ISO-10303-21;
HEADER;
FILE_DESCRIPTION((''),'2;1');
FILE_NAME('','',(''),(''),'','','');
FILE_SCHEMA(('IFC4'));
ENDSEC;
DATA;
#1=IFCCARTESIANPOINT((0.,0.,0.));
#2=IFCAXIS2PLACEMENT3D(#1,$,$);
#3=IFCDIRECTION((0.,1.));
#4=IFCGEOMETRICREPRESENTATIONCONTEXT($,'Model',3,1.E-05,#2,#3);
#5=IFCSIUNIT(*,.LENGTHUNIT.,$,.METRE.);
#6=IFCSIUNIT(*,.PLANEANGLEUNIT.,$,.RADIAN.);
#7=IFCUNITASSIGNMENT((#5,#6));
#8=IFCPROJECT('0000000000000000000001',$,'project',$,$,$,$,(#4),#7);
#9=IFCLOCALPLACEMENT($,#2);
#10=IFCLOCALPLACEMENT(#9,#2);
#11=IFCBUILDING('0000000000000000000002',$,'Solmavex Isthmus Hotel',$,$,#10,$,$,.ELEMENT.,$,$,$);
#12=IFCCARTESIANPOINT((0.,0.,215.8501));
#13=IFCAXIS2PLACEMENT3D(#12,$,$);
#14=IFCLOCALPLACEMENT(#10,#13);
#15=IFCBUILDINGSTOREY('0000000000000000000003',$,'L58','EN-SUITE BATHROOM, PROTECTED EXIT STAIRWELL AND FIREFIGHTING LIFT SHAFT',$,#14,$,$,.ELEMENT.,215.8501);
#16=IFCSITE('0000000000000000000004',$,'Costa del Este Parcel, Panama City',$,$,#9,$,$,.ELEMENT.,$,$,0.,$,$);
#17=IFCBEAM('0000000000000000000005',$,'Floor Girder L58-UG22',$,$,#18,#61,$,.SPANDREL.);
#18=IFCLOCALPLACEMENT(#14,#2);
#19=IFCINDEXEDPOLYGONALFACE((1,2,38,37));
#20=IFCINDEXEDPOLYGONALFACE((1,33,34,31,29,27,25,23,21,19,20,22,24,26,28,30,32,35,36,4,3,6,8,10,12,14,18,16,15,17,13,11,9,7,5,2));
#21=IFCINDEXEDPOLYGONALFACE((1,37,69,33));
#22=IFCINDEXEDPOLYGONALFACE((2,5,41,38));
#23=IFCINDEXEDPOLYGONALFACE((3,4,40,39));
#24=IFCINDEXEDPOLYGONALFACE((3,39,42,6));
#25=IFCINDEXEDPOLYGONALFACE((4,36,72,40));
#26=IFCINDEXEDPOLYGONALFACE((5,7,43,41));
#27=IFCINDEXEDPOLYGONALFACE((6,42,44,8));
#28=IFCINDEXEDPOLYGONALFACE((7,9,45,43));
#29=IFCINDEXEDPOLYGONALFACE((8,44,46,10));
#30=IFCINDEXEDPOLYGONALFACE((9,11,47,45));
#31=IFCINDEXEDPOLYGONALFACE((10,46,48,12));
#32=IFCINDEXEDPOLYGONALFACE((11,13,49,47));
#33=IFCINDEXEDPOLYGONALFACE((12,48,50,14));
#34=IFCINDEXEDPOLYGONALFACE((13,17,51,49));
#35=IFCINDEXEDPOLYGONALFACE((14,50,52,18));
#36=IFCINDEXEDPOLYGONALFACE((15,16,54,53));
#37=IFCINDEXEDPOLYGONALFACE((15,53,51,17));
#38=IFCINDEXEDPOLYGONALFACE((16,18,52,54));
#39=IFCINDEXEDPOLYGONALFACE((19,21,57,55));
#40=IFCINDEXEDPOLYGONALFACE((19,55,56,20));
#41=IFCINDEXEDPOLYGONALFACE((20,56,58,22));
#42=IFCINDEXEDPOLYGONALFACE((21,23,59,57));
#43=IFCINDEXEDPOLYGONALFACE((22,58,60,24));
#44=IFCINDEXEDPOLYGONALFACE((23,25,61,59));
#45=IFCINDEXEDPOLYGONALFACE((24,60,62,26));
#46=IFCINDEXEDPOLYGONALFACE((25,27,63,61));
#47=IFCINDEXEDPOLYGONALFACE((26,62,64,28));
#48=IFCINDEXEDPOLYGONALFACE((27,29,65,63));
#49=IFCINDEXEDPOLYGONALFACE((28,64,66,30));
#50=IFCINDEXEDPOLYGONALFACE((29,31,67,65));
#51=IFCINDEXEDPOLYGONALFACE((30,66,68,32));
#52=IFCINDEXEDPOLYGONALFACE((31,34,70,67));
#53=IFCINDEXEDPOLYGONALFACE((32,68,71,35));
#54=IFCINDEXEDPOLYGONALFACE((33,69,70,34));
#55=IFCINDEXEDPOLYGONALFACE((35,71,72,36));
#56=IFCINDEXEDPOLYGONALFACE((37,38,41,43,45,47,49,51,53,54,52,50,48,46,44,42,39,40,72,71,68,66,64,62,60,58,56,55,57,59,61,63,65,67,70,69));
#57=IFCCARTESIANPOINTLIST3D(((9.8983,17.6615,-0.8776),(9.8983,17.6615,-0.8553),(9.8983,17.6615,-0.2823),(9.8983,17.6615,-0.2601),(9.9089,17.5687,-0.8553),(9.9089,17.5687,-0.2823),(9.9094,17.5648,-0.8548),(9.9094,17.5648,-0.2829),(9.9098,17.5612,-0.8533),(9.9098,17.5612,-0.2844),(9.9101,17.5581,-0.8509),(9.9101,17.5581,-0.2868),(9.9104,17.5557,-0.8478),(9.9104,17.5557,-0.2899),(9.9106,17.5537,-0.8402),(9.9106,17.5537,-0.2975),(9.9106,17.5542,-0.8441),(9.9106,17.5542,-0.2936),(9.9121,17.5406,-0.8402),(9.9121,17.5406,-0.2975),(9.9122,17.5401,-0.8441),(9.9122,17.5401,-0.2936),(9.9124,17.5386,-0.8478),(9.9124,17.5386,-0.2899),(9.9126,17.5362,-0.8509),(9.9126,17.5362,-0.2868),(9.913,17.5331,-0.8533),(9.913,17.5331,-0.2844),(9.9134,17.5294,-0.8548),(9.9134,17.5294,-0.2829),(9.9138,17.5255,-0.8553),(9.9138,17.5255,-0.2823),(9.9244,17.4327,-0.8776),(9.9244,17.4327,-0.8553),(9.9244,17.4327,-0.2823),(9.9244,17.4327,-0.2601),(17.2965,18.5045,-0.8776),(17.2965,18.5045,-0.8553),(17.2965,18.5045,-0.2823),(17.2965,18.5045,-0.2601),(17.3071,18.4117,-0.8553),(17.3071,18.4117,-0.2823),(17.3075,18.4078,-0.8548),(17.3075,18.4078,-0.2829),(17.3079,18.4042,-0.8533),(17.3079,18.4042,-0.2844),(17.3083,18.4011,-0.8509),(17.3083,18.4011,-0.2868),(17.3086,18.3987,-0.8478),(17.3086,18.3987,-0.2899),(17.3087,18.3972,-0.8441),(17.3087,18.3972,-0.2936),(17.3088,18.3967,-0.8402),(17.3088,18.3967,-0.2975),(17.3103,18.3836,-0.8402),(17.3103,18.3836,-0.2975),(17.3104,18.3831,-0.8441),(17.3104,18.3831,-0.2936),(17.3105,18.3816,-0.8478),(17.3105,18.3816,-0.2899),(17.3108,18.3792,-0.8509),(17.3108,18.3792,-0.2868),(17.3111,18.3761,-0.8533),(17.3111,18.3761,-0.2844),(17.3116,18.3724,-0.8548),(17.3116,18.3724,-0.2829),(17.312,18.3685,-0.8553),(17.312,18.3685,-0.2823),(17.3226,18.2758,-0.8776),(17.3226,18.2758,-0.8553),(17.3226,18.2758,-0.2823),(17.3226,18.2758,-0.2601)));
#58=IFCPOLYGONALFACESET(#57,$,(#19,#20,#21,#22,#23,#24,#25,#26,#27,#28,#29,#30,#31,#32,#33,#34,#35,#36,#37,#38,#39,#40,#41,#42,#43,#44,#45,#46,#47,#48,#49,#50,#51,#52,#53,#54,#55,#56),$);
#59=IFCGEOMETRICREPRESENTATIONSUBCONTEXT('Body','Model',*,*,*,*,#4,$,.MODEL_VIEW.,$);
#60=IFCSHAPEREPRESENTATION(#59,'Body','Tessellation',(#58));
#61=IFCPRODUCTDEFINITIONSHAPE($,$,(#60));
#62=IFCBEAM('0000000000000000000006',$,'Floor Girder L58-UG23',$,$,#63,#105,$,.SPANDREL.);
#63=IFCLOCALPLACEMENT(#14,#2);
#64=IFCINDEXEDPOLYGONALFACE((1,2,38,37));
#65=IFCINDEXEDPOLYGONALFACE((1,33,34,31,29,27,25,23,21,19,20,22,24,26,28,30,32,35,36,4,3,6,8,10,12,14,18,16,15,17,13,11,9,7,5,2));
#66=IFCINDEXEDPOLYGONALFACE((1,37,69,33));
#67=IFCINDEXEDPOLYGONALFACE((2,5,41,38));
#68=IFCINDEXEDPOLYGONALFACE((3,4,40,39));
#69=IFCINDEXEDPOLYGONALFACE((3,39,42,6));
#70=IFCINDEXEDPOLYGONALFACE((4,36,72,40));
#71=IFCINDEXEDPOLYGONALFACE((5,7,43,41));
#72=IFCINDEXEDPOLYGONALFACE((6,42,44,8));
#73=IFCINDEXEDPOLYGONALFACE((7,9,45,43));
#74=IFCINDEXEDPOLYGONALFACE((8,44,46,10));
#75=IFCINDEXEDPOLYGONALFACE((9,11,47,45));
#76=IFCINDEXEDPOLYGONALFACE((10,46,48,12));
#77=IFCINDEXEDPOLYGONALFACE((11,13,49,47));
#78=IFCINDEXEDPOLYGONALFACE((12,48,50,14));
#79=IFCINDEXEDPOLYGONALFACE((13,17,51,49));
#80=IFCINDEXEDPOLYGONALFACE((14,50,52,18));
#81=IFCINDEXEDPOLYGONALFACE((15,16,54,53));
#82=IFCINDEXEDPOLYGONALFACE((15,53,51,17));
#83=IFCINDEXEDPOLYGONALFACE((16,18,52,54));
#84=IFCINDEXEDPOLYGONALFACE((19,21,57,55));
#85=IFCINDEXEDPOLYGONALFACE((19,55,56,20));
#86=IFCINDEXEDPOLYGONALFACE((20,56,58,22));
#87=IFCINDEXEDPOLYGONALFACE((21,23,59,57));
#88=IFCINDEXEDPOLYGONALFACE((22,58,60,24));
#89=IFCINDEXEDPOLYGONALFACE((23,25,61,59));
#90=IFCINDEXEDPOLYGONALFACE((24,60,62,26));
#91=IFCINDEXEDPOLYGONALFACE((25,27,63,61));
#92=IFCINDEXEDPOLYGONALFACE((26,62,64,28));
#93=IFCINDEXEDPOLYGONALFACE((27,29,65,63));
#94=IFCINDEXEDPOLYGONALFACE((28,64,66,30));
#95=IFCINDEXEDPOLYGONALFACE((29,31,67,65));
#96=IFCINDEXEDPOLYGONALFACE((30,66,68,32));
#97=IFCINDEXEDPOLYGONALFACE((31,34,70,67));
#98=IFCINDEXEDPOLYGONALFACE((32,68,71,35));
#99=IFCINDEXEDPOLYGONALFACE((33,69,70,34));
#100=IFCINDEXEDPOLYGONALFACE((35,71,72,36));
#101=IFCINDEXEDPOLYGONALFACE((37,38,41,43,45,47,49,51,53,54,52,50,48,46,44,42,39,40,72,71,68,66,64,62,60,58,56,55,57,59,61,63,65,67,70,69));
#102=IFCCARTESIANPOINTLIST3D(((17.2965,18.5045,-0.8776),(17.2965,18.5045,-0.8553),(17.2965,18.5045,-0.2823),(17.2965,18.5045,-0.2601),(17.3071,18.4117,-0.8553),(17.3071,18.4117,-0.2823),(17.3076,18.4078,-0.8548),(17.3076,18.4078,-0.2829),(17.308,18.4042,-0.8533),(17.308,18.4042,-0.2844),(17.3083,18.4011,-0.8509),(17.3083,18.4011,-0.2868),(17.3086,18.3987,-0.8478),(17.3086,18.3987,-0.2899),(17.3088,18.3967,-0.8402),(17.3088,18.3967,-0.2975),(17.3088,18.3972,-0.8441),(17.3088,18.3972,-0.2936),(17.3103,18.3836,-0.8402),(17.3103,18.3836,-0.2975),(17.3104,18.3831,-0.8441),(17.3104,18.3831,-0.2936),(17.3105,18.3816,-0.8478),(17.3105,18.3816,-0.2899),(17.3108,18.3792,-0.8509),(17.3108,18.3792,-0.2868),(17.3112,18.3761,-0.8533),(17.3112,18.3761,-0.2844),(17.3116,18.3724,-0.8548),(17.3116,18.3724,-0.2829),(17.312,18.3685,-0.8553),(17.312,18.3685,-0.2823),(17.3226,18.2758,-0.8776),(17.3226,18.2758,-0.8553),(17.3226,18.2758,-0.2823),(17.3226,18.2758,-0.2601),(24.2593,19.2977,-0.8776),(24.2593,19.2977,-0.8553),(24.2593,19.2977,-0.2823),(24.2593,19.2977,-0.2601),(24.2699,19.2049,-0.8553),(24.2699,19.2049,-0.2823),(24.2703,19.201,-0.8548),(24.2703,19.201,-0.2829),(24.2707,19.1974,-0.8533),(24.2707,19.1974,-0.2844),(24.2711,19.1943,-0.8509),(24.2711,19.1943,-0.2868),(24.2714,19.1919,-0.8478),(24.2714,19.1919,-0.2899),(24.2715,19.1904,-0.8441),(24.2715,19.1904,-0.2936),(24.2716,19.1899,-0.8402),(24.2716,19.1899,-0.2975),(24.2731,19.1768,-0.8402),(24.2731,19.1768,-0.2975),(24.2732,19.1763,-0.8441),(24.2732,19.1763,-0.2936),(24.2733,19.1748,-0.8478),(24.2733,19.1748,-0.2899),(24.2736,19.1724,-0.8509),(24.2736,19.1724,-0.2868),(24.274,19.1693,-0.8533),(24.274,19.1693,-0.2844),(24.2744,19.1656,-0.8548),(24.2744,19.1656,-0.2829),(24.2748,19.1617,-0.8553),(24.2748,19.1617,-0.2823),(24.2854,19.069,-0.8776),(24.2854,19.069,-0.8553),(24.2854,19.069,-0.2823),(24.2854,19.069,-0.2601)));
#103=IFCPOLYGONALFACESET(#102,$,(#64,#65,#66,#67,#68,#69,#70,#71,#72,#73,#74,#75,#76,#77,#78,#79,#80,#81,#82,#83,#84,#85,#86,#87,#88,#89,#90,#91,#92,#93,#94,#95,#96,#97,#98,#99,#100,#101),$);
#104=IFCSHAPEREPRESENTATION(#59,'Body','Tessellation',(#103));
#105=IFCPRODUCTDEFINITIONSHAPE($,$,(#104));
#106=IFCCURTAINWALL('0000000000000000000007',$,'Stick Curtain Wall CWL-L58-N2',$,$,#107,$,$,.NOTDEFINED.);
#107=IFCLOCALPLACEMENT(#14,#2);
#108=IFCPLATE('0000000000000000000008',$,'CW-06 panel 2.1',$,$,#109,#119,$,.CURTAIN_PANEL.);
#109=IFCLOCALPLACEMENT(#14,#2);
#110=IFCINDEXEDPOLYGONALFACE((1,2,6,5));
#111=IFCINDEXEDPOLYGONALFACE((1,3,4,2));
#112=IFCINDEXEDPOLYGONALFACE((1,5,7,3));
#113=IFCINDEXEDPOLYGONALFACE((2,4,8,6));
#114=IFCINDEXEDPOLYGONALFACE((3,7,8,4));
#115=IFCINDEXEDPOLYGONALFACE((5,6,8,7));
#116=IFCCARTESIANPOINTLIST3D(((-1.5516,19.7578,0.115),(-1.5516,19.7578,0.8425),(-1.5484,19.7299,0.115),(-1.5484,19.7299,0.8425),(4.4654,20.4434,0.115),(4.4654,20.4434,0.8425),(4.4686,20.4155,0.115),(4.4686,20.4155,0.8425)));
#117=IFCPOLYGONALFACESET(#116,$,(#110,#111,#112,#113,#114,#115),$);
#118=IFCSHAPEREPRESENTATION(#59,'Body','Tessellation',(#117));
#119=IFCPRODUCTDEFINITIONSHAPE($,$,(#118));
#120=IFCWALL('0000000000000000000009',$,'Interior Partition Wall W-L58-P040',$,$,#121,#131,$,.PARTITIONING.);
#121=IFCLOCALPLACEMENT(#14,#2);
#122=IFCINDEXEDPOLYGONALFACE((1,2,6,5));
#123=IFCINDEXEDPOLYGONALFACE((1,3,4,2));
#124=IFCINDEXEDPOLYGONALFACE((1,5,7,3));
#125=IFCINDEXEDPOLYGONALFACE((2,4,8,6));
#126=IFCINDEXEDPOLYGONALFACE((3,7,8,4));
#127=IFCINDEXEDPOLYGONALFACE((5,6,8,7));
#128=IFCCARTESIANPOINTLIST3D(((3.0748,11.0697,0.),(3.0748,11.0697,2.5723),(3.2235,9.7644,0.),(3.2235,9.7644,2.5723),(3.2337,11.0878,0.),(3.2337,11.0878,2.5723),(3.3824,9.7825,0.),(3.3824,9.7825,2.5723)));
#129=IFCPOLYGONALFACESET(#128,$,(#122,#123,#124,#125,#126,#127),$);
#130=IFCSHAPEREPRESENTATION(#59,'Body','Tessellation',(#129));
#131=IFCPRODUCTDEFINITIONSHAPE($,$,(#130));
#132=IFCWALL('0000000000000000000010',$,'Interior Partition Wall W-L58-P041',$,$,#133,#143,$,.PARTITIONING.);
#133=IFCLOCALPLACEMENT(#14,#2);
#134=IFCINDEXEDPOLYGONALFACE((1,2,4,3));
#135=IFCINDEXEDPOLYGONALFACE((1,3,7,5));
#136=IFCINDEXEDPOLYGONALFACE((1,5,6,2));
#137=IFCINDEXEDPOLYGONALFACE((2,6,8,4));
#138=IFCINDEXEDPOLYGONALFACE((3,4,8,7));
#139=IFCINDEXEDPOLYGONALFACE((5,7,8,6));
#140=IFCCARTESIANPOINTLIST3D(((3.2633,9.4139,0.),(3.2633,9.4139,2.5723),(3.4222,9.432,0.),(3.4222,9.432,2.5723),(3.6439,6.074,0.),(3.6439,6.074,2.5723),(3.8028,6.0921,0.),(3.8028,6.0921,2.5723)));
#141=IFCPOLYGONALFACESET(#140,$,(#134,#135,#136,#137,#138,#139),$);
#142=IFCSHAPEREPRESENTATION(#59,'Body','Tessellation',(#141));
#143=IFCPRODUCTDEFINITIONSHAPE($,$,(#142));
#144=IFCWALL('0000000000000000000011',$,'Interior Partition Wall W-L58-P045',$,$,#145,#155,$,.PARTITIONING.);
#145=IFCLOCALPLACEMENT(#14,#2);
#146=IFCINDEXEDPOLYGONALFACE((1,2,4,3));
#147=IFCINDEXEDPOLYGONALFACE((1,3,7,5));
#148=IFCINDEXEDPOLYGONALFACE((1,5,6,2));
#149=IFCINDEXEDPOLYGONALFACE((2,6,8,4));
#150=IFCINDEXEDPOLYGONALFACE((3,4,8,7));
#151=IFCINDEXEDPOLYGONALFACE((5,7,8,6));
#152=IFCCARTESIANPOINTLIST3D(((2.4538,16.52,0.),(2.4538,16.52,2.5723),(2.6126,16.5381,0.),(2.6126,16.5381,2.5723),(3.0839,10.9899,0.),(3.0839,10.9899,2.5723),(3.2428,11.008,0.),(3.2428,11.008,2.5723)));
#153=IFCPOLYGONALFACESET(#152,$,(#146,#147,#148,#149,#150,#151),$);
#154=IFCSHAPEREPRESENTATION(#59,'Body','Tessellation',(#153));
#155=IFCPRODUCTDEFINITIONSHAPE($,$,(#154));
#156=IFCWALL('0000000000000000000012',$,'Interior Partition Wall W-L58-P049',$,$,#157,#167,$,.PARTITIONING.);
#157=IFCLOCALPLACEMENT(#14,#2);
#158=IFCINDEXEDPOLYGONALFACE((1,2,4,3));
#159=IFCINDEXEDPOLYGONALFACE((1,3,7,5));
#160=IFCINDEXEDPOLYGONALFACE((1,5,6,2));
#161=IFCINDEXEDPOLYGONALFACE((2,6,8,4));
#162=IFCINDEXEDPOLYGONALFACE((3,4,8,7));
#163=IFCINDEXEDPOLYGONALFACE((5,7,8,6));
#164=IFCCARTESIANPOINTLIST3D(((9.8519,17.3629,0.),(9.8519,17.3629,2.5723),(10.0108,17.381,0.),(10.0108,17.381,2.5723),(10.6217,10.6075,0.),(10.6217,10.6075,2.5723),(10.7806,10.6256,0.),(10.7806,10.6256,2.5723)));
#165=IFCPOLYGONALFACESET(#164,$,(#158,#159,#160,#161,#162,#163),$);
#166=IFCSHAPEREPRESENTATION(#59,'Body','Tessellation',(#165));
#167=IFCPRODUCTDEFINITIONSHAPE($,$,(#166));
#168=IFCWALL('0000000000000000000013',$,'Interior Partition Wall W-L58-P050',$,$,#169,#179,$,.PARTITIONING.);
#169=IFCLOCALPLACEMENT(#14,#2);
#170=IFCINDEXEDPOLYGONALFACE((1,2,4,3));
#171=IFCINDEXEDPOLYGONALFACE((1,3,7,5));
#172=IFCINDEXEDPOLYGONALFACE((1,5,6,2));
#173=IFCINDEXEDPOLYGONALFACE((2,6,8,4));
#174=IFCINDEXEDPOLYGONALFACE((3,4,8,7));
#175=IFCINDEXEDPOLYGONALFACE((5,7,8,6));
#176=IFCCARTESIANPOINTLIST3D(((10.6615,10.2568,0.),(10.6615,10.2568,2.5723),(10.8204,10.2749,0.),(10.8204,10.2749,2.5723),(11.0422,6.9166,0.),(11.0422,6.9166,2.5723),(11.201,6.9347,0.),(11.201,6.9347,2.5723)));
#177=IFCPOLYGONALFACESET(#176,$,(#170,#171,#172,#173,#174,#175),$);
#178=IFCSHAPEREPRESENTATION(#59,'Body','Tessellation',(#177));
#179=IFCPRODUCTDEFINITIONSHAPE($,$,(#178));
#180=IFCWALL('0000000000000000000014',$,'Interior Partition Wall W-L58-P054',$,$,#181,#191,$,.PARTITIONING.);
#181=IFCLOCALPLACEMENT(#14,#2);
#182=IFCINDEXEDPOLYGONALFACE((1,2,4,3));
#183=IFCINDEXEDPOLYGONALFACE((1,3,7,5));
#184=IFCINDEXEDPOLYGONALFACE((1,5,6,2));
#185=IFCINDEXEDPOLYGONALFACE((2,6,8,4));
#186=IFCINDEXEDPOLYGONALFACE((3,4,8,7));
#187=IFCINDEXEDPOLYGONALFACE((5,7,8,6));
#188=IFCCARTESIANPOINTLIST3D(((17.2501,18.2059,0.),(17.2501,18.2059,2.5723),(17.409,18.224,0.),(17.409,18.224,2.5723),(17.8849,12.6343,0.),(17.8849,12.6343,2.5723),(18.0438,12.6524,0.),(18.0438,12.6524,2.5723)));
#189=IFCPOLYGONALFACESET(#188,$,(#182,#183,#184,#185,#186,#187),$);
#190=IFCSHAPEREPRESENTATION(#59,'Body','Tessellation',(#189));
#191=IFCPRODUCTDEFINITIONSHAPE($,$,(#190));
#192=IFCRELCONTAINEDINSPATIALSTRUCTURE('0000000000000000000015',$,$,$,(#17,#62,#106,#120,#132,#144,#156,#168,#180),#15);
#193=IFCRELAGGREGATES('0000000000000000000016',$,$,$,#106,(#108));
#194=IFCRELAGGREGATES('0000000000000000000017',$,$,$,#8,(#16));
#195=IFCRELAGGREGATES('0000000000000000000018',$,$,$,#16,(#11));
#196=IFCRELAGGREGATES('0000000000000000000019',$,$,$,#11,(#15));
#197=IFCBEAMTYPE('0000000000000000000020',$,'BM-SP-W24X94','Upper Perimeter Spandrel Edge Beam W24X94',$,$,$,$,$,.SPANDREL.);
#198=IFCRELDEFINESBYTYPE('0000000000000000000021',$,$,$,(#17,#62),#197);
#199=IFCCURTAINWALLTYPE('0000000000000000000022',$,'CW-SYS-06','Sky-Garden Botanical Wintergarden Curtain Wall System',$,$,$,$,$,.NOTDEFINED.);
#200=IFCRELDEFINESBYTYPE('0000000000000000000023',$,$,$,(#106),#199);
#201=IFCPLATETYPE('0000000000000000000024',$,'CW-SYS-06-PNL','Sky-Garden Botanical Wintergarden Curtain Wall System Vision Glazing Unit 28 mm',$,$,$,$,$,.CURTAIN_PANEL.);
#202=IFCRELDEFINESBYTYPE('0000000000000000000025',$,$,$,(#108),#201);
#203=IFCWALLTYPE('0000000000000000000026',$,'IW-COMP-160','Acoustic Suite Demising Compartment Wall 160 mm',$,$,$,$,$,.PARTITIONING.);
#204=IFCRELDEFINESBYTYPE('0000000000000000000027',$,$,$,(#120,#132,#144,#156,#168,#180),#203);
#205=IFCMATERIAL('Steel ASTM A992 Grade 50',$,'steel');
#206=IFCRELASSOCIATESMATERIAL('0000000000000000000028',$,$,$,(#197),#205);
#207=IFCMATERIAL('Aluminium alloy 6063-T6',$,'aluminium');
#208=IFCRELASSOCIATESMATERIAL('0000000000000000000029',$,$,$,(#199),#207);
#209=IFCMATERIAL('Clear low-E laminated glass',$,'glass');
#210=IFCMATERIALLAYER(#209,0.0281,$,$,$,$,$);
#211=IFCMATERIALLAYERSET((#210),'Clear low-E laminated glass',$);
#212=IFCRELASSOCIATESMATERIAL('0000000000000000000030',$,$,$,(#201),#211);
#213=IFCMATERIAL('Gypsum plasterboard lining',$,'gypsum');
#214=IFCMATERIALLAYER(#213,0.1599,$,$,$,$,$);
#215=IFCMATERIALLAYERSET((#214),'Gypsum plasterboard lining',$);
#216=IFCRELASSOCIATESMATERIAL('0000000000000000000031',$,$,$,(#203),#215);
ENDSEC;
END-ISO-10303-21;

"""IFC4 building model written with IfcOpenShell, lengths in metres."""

from ifc_helpers import new_model, si_unit, direction, frame, frame_2d, origin, origin_2d, place, context, subcontext, project, spatial, rectangle, i_section, extrude, material, layer, layer_set, material_profile, profile_set, type_object, element, aggregate, save


model = new_model("IFC4")

# Units and contexts
model_context = context("Model", 3, precision=1e-05, world=origin(), true_north=direction((0.0, 1.0)))
body_context = subcontext(model_context, "Body", "Model", "MODEL_VIEW")
ifc_project = project(units=[si_unit("LENGTHUNIT", "METRE"), si_unit("PLANEANGLEUNIT", "RADIAN")], contexts=[model_context])

# Site, building, storey
site_placement = place(None, origin())
site = spatial("IfcSite", under=ifc_project, at=site_placement, Name="Costa del Este Parcel, Panama City", CompositionType="ELEMENT", RefElevation=0.0)
building_placement = place(site_placement, origin())
building = spatial("IfcBuilding", under=site, at=building_placement, Name="Solmavex Isthmus Hotel", CompositionType="ELEMENT")
storey_placement = place(building_placement, frame((0.0, 0.0, 215.8501)))
storey = spatial("IfcBuildingStorey", under=building, at=storey_placement, Name="L58", Description="EN-SUITE BATHROOM, PROTECTED EXIT STAIRWELL AND FIREFIGHTING LIFT SHAFT", CompositionType="ELEMENT", Elevation=215.8501)

# Beams
ifc_material_1 = material(Name="Steel ASTM A992 Grade 50", Category="steel")
ifc_material_profile_1 = material_profile(ifc_material_1, i_section(OverallWidth=0.2302, OverallDepth=0.6174, WebThickness=0.0132, FlangeThickness=0.0222, FilletRadius=0.0151, at=origin_2d()), Name="W24X94")
ifc_profile_set_1 = profile_set([ifc_material_profile_1], Name="Steel ASTM A992 Grade 50")
beam_type_1 = type_object("IfcBeamType", Name="BM-SP-W24X94", Description="Upper Perimeter Spandrel Edge Beam W24X94", PredefinedType="SPANDREL", material=ifc_profile_set_1)
for number, where, z_axis, x_axis, name in (
    (1, (9.9114, 17.5471, -0.5688), (0.99357, 0.113216, 0.0), (-0.113216, 0.99357, 0.0), "Floor Girder L58-UG22"),
):
    element("IfcBeam", number, at=place(storey_placement, frame(where, z_axis=z_axis, x_axis=x_axis)), inside=storey, type_object=beam_type_1, Name=name, PredefinedType="SPANDREL", context=body_context, shape_type="SweptSolid", body=[
        extrude(i_section(OverallWidth=0.2302, OverallDepth=0.6174, WebThickness=0.0132, FlangeThickness=0.0222, FilletRadius=0.0151, at=origin_2d()), origin(), (0.0, 0.0, 1.0), 7.446),
    ])
beam_1_placement = place(storey_placement, frame((17.3096, 18.3901, -0.5688), z_axis=(0.993574, 0.113188, 0.0), x_axis=(-0.113188, 0.993574, 0.0)))
element("IfcBeam", 2, at=beam_1_placement, inside=storey, type_object=beam_type_1, Name="Floor Girder L58-UG23", PredefinedType="SPANDREL", context=body_context, shape_type="SweptSolid", body=[
    extrude(i_section(OverallWidth=0.2302, OverallDepth=0.6174, WebThickness=0.0132, FlangeThickness=0.0222, FilletRadius=0.0151, at=origin_2d()), origin(), (0.0, 0.0, 1.0), 7.0078),
])

# Curtain wall, plate
ifc_material_2 = material(Name="Aluminium alloy 6063-T6", Category="aluminium")
curtain_wall_type = type_object("IfcCurtainWallType", Name="CW-SYS-06", Description="Sky-Garden Botanical Wintergarden Curtain Wall System", PredefinedType="NOTDEFINED", material=ifc_material_2)
curtain_wall_placement = place(storey_placement, origin())
curtain_wall = element("IfcCurtainWall", 3, at=curtain_wall_placement, inside=storey, type_object=curtain_wall_type, Name="Stick Curtain Wall CWL-L58-N2", PredefinedType="NOTDEFINED")
ifc_material_3 = material(Name="Clear low-E laminated glass", Category="glass")
ifc_layer_1 = layer(ifc_material_3, 0.0281)
ifc_layer_set_1 = layer_set([ifc_layer_1], Name="Clear low-E laminated glass")
plate_type = type_object("IfcPlateType", Name="CW-SYS-06-PNL", Description="Sky-Garden Botanical Wintergarden Curtain Wall System Vision Glazing Unit 28 mm", PredefinedType="CURTAIN_PANEL", material=ifc_layer_set_1)
plate_placement = place(storey_placement, frame((1.4585, 20.0867, 0.115), z_axis=(0.0, 0.0, 1.0), x_axis=(0.993572, 0.113203, 0.0)))
plate = element("IfcPlate", 4, at=plate_placement, type_object=plate_type, Name="CW-06 panel 2.1", PredefinedType="CURTAIN_PANEL", context=body_context, shape_type="SweptSolid", body=[
    extrude(rectangle(XDim=6.0559, YDim=0.0281, at=origin_2d()), origin(), (0.0, 0.0, 1.0), 0.7275),
])
aggregate(curtain_wall, [plate])

# Walls
ifc_material_4 = material(Name="Gypsum plasterboard lining", Category="gypsum")
ifc_layer_2 = layer(ifc_material_4, 0.1599)
ifc_layer_set_2 = layer_set([ifc_layer_2], Name="Gypsum plasterboard lining")
wall_type_1 = type_object("IfcWallType", Name="IW-COMP-160", Description="Acoustic Suite Demising Compartment Wall 160 mm", PredefinedType="PARTITIONING", material=ifc_layer_set_2)
wall_1_placement = place(storey_placement, frame((3.1543, 11.0786, 0.0), z_axis=(0.0, 0.0, 1.0), x_axis=(0.113185, -0.993574, 0.0)))
element("IfcWall", 5, at=wall_1_placement, inside=storey, type_object=wall_type_1, Name="Interior Partition Wall W-L58-P040", PredefinedType="PARTITIONING", context=body_context, shape_type="SweptSolid", body=[
    extrude(rectangle(XDim=1.3137, YDim=0.1599, at=frame_2d((0.6567, 0.0))), origin(), (0.0, 0.0, 1.0), 2.5723),
])
wall_2_placement = place(storey_placement, frame((3.3428, 9.4229, 0.0), z_axis=(0.0, 0.0, 1.0), x_axis=(0.113229, -0.993569, 0.0)))
element("IfcWall", 6, at=wall_2_placement, inside=storey, type_object=wall_type_1, Name="Interior Partition Wall W-L58-P041", PredefinedType="PARTITIONING", context=body_context, shape_type="SweptSolid", body=[
    extrude(rectangle(XDim=3.3616, YDim=0.1599, at=frame_2d((1.6807, 0.0))), origin(), (0.0, 0.0, 1.0), 2.5723),
])
wall_3_placement = place(storey_placement, frame((2.5332, 16.5291, 0.0), z_axis=(0.0, 0.0, 1.0), x_axis=(0.113214, -0.993571, 0.0)))
element("IfcWall", 7, at=wall_3_placement, inside=storey, type_object=wall_type_1, Name="Interior Partition Wall W-L58-P045", PredefinedType="PARTITIONING", context=body_context, shape_type="SweptSolid", body=[
    extrude(rectangle(XDim=5.5659, YDim=0.1599, at=frame_2d((2.783, 0.0))), origin(), (0.0, 0.0, 1.0), 2.5723),
])
wall_4_placement = place(storey_placement, frame((9.9314, 17.3718, 0.0), z_axis=(0.0, 0.0, 1.0), x_axis=(0.113217, -0.99357, 0.0)))
element("IfcWall", 8, at=wall_4_placement, inside=storey, type_object=wall_type_1, Name="Interior Partition Wall W-L58-P049", PredefinedType="PARTITIONING", context=body_context, shape_type="SweptSolid", body=[
    extrude(rectangle(XDim=6.7991, YDim=0.1599, at=frame_2d((3.3994, 0.0))), origin(), (0.0, 0.0, 1.0), 2.5723),
])
wall_5_placement = place(storey_placement, frame((10.741, 10.2659, 0.0), z_axis=(0.0, 0.0, 1.0), x_axis=(0.113221, -0.99357, 0.0)))
element("IfcWall", 9, at=wall_5_placement, inside=storey, type_object=wall_type_1, Name="Interior Partition Wall W-L58-P050", PredefinedType="PARTITIONING", context=body_context, shape_type="SweptSolid", body=[
    extrude(rectangle(XDim=3.3618, YDim=0.1599, at=frame_2d((1.6809, 0.0))), origin(), (0.0, 0.0, 1.0), 2.5723),
])
wall_6_placement = place(storey_placement, frame((17.3296, 18.2148, 0.0), z_axis=(0.0, 0.0, 1.0), x_axis=(0.113198, -0.993572, 0.0)))
element("IfcWall", 10, at=wall_6_placement, inside=storey, type_object=wall_type_1, Name="Interior Partition Wall W-L58-P054", PredefinedType="PARTITIONING", context=body_context, shape_type="SweptSolid", body=[
    extrude(rectangle(XDim=5.6077, YDim=0.1599, at=frame_2d((2.8037, 0.0))), origin(), (0.0, 0.0, 1.0), 2.5723),
])

save(model, "model.ifc")
